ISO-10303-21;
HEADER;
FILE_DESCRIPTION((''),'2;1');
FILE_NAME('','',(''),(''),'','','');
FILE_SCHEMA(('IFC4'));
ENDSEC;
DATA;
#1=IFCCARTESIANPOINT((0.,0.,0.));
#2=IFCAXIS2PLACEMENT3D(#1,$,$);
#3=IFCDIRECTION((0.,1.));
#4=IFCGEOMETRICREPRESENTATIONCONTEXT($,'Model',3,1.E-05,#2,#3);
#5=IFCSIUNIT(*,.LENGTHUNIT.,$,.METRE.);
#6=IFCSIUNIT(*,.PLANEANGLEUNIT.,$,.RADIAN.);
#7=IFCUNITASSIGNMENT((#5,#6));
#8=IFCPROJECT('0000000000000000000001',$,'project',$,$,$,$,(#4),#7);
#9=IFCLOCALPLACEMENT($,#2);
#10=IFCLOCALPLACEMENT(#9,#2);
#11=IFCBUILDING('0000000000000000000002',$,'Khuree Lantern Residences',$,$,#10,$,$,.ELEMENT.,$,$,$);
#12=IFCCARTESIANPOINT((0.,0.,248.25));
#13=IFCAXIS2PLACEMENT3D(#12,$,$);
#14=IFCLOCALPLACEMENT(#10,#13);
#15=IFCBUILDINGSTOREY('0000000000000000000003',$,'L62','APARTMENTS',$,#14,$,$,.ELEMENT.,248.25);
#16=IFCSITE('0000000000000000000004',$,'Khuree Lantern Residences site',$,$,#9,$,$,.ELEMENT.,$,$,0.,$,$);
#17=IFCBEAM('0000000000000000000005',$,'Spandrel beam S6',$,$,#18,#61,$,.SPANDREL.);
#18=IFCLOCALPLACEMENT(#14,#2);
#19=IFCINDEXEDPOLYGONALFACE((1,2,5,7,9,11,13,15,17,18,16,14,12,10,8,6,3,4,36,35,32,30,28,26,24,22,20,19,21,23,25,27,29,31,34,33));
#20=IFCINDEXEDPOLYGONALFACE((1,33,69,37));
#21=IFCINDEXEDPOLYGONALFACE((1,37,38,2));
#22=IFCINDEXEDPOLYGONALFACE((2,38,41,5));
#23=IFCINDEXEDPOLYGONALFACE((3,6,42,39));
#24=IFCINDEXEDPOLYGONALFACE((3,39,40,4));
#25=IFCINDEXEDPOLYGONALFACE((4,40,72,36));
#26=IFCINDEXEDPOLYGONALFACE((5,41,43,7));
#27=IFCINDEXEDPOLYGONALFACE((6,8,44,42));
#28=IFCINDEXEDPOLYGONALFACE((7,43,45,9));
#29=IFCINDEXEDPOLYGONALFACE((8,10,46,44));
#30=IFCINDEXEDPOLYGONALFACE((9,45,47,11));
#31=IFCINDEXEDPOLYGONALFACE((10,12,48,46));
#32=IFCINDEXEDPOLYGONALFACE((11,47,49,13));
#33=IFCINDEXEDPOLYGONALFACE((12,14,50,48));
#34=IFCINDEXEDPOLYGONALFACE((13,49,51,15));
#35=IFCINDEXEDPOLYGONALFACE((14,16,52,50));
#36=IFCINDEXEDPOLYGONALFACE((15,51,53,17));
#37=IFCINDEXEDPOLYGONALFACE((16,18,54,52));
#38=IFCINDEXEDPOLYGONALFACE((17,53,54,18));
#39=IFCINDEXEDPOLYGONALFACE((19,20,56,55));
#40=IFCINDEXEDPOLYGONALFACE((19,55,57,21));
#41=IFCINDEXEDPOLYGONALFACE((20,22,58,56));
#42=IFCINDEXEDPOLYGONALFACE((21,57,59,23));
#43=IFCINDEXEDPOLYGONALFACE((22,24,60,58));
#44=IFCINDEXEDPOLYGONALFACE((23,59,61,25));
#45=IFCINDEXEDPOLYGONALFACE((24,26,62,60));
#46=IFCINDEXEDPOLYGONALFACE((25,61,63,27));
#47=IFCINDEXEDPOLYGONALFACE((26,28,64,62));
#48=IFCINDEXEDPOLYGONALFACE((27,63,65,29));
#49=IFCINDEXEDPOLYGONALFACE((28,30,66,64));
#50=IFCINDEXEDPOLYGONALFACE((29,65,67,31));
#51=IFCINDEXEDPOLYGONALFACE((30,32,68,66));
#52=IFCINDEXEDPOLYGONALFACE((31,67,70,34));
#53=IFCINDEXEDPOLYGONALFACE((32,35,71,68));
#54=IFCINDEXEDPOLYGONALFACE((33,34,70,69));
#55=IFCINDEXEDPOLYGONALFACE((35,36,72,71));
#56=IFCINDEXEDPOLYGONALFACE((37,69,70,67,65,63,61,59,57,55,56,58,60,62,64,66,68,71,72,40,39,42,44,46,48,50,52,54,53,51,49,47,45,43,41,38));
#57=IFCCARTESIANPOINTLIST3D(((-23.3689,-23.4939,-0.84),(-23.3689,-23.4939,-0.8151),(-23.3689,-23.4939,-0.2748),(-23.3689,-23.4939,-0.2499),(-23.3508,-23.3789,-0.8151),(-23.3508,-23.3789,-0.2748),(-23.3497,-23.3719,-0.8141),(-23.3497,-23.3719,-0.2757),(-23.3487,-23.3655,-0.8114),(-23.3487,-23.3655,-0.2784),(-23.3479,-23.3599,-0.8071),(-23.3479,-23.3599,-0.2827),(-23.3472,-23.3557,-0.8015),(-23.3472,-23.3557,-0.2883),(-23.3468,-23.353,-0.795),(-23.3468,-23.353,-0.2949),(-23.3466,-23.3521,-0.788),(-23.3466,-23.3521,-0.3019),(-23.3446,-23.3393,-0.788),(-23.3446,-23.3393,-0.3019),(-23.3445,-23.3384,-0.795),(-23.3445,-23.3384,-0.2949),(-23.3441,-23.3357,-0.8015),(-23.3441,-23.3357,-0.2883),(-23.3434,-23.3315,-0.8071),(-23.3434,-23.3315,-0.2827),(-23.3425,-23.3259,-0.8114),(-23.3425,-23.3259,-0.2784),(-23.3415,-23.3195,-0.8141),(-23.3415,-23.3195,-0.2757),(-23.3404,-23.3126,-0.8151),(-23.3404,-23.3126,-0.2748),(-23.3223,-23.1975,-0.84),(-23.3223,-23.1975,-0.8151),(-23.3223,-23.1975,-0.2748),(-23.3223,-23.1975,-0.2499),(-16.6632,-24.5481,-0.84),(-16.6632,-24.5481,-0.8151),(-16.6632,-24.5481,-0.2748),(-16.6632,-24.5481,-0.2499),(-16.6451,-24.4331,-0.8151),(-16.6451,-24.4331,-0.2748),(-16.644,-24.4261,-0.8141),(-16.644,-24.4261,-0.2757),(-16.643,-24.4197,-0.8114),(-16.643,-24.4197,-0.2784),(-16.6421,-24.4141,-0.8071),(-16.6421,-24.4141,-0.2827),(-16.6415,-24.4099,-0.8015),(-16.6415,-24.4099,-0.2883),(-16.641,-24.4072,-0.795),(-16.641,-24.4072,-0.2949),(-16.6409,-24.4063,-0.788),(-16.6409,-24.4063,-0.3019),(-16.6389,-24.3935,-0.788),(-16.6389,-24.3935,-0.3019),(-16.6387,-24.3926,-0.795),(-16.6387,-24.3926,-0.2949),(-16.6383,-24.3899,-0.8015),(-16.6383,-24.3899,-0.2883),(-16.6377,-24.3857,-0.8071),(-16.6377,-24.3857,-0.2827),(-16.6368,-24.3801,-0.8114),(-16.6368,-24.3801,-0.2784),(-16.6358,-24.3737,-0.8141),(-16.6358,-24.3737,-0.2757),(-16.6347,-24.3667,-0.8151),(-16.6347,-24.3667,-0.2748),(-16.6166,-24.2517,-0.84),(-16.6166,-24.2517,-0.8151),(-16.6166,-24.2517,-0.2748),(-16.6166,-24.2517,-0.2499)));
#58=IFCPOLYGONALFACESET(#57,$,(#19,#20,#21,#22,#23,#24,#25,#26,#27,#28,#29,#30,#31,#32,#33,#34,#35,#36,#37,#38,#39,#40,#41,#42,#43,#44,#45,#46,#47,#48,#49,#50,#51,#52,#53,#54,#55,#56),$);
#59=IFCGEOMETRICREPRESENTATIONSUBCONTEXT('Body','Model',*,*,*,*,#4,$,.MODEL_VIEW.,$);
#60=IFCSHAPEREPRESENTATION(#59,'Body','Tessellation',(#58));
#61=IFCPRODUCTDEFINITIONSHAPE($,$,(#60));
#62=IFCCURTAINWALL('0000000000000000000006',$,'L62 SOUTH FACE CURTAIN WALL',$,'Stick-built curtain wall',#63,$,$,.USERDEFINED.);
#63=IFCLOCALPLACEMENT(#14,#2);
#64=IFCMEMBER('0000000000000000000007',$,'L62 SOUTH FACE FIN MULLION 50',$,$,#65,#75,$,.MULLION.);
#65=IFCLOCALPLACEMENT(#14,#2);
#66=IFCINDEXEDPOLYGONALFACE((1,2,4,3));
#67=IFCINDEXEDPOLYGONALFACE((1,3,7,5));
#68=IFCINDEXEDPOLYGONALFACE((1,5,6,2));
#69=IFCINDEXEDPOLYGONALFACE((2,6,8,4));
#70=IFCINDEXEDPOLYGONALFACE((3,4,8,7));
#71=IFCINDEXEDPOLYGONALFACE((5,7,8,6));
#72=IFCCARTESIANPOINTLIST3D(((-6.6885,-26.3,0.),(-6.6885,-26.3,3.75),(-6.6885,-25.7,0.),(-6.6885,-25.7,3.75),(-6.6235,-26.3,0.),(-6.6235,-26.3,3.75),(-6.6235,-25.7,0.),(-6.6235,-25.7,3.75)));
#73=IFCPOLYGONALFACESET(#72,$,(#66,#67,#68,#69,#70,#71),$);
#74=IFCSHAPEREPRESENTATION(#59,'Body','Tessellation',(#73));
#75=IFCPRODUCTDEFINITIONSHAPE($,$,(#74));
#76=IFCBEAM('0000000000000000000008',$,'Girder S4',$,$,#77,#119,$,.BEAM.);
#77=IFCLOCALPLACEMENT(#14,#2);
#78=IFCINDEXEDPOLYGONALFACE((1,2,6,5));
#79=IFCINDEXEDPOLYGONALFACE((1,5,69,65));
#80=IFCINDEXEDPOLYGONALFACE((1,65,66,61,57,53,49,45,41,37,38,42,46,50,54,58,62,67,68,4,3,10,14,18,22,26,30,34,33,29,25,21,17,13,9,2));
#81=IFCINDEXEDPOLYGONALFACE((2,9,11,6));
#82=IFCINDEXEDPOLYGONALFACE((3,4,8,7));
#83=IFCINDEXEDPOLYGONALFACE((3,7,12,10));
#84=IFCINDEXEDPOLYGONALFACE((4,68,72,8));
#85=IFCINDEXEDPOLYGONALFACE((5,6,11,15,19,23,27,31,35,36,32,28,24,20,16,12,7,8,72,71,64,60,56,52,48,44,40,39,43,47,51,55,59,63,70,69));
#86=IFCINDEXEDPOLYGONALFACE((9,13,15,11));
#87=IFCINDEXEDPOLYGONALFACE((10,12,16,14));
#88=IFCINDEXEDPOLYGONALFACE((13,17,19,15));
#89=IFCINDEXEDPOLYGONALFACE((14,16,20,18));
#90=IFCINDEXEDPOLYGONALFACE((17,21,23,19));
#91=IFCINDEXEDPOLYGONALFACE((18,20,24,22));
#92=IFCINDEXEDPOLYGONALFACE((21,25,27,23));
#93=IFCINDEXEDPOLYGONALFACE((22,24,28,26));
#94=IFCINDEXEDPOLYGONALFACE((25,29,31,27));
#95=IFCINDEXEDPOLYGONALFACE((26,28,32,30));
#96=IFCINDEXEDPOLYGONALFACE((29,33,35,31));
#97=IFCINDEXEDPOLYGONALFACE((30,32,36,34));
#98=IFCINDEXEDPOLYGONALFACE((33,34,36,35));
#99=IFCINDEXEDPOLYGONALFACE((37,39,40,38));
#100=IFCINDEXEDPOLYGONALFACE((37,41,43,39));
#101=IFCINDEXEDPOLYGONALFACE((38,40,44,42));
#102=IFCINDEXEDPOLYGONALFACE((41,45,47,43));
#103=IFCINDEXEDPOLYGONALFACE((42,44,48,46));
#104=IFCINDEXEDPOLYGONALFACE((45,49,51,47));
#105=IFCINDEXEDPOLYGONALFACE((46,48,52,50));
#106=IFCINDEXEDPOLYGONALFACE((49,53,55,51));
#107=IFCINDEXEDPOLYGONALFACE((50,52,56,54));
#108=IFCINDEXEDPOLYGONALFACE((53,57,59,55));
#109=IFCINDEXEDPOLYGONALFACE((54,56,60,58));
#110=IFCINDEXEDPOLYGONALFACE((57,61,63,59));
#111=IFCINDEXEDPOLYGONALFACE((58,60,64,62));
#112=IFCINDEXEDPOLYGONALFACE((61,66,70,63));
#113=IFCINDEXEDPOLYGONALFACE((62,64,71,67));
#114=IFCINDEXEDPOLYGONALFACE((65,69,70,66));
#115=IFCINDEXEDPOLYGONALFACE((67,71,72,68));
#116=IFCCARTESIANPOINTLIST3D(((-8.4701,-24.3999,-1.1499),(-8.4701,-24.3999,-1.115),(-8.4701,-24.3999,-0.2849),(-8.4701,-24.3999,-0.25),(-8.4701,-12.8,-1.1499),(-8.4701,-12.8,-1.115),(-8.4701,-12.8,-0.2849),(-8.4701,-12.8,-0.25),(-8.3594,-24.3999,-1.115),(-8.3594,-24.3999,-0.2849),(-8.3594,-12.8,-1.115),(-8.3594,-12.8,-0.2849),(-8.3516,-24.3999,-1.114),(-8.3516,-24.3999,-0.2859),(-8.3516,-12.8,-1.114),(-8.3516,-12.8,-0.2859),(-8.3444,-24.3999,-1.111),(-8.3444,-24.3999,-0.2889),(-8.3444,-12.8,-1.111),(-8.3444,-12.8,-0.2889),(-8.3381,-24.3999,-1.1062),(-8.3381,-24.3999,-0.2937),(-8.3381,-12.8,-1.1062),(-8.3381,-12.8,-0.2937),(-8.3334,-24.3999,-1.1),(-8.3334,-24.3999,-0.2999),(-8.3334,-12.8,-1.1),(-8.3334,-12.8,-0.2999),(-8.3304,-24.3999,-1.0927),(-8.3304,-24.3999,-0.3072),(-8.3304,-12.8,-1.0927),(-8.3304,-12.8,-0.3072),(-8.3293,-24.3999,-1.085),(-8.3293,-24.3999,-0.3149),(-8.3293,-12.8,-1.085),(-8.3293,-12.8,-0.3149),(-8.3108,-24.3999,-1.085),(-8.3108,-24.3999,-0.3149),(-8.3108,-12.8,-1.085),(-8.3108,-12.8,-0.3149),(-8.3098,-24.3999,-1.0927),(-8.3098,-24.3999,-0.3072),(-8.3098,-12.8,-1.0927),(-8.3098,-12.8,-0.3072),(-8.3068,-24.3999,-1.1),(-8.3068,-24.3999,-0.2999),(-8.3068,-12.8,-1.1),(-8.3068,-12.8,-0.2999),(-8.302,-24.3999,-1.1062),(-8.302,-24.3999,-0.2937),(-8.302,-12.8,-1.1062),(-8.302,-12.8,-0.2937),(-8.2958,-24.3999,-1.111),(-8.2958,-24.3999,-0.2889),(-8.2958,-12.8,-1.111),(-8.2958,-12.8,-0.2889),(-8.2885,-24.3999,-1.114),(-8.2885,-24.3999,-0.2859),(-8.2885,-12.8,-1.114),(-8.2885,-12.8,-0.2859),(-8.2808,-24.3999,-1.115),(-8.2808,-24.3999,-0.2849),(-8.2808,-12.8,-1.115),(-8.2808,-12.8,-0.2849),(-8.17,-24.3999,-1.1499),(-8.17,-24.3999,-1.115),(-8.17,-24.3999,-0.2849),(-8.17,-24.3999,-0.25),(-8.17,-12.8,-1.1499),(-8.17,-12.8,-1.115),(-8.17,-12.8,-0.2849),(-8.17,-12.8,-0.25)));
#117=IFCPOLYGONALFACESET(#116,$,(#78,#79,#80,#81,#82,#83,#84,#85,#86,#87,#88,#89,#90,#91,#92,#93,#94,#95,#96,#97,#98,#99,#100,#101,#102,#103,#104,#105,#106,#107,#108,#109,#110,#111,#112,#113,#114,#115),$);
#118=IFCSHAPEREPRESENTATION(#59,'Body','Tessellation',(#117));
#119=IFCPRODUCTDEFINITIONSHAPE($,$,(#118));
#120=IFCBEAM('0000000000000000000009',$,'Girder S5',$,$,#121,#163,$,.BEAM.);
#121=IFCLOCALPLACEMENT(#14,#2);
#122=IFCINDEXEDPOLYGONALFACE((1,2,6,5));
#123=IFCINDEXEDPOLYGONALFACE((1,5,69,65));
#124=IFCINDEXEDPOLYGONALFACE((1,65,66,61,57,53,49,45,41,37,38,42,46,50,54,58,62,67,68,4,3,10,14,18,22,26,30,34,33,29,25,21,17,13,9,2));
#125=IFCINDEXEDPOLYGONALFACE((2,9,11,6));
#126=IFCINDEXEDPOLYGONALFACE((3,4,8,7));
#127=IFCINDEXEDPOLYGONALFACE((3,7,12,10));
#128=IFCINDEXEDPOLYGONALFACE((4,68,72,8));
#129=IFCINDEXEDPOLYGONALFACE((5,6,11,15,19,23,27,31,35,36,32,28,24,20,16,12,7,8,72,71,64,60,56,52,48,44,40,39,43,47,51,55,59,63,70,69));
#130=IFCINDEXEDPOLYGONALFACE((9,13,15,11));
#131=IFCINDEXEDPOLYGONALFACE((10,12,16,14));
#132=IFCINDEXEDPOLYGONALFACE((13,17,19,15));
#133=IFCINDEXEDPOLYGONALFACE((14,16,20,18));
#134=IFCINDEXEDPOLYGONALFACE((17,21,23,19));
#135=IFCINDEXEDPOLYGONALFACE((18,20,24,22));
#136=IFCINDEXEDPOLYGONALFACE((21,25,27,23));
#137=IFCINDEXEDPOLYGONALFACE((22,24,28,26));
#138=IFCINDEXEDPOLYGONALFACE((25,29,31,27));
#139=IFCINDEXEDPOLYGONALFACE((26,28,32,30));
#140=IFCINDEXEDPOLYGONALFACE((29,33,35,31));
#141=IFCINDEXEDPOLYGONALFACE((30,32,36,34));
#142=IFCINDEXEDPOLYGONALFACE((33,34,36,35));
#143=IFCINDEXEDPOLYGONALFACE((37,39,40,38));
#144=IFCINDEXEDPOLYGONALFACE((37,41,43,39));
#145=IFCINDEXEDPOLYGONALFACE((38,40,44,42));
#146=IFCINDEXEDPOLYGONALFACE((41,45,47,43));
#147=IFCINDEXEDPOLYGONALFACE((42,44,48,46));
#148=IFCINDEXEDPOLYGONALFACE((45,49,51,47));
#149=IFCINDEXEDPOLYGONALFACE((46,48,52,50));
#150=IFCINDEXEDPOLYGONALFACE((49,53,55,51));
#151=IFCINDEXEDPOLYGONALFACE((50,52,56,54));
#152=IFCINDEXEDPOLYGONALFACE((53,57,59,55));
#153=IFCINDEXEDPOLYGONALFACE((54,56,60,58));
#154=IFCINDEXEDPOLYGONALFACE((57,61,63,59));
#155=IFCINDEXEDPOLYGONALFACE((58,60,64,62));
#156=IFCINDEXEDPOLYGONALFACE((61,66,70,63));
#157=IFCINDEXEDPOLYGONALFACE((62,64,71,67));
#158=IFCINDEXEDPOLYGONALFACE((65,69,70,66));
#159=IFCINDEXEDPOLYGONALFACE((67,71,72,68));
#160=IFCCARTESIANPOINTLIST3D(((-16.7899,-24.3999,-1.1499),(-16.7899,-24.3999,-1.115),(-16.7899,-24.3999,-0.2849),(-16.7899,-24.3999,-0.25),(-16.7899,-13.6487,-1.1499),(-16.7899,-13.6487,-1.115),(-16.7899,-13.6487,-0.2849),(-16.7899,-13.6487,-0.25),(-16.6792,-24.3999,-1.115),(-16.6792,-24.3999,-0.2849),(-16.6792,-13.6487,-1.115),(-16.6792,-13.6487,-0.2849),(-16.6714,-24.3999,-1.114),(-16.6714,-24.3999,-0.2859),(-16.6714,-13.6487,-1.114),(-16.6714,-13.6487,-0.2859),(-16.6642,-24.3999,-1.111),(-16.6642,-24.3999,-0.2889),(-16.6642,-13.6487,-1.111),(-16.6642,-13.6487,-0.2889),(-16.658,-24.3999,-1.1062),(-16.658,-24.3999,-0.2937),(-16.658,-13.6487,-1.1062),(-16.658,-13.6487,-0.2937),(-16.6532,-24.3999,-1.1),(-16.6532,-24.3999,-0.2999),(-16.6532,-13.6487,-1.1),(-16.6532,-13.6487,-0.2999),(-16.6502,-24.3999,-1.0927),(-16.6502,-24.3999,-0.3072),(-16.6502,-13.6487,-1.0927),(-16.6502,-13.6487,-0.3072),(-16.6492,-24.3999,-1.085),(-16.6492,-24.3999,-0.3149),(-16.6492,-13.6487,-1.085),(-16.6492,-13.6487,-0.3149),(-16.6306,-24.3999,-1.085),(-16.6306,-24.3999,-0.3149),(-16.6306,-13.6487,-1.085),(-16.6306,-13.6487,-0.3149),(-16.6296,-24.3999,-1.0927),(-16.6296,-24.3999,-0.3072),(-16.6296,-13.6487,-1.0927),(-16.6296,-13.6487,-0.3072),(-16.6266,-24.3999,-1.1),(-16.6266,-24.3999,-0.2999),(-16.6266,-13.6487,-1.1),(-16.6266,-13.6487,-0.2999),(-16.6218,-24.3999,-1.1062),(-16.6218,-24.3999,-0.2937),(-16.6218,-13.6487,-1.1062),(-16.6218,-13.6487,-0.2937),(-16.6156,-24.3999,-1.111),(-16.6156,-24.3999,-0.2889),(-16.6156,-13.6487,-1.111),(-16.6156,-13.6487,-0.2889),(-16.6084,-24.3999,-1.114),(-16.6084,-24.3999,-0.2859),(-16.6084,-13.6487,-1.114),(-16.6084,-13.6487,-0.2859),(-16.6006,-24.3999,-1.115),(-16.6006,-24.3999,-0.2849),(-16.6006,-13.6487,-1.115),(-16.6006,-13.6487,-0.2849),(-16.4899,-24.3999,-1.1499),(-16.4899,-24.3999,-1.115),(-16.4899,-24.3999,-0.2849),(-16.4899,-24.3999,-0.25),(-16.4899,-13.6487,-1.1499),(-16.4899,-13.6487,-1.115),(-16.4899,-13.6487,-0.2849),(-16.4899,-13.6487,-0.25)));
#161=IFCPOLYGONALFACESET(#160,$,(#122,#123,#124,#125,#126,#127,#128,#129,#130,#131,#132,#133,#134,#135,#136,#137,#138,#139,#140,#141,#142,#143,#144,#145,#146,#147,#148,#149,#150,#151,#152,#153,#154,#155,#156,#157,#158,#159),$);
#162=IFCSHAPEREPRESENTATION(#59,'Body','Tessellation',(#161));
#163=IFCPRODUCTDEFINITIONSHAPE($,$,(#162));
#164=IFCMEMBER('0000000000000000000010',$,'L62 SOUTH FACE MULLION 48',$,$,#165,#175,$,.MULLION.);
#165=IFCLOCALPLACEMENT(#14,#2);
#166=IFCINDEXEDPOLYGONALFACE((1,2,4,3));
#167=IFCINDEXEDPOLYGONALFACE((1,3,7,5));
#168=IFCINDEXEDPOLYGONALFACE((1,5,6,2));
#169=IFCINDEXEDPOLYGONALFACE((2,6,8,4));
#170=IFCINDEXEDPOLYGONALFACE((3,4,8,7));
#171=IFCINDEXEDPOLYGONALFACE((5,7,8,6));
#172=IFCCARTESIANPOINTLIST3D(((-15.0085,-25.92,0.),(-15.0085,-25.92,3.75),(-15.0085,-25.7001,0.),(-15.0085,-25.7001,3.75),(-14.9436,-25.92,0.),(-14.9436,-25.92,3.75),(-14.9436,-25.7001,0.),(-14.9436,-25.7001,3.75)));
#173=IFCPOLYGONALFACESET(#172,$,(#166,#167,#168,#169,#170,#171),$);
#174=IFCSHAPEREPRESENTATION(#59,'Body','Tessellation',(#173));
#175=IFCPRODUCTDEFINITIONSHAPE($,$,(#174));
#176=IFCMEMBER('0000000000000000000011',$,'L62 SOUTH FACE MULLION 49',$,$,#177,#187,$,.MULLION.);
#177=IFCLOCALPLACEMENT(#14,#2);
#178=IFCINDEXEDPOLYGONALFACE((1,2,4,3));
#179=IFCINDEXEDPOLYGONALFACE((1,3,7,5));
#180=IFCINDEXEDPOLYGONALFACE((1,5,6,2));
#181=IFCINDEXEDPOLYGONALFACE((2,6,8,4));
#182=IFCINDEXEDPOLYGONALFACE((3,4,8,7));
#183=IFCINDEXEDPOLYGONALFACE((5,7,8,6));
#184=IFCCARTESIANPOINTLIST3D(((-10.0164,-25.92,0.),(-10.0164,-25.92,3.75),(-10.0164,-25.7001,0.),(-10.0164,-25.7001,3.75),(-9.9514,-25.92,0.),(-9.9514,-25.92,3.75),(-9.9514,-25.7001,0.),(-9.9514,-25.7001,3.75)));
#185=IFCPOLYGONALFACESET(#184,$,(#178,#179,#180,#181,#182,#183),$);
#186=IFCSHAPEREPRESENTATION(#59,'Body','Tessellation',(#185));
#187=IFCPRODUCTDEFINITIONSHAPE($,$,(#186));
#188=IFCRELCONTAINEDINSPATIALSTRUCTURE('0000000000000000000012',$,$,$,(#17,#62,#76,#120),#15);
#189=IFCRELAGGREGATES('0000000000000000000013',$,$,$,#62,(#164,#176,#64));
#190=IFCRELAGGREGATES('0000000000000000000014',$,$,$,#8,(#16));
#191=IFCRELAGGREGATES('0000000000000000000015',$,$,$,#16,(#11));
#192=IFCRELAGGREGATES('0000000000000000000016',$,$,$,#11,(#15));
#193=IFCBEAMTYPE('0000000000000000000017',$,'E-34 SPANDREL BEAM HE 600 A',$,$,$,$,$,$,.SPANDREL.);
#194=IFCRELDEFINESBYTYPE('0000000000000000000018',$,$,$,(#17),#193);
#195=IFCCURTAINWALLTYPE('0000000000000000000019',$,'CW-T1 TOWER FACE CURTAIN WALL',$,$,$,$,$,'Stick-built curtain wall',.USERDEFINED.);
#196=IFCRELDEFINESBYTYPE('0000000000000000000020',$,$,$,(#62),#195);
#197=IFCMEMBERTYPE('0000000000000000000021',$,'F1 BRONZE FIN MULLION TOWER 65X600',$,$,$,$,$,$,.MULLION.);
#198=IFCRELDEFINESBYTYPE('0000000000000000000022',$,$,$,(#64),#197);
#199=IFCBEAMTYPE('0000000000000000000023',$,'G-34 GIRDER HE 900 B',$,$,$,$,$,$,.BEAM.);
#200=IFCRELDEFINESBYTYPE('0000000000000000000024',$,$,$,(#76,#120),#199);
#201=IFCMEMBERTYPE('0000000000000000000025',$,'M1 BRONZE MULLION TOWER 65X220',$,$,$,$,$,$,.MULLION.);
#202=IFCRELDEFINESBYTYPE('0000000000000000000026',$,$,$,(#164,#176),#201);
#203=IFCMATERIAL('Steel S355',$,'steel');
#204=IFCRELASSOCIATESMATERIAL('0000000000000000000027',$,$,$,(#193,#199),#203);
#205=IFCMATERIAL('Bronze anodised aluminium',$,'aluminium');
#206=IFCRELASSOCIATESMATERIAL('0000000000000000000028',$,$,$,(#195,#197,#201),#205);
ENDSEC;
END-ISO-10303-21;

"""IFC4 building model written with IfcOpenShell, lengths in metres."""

from ifc_helpers import new_model, si_unit, direction, frame, origin, origin_2d, place, context, subcontext, project, spatial, rectangle, i_section, extrude, material, material_profile, profile_set, type_object, element, aggregate, save


model = new_model("IFC4")

# Units and contexts
model_context = context("Model", 3, precision=1e-05, world=origin(), true_north=direction((0.0, 1.0)))
body_context = subcontext(model_context, "Body", "Model", "MODEL_VIEW")
ifc_project = project(units=[si_unit("LENGTHUNIT", "METRE"), si_unit("PLANEANGLEUNIT", "RADIAN")], contexts=[model_context])

# Site, building, storey
site_placement = place(None, origin())
site = spatial("IfcSite", under=ifc_project, at=site_placement, Name="Khuree Lantern Residences site", CompositionType="ELEMENT", RefElevation=0.0)
building_placement = place(site_placement, origin())
building = spatial("IfcBuilding", under=site, at=building_placement, Name="Khuree Lantern Residences", CompositionType="ELEMENT")
storey_placement = place(building_placement, frame((0.0, 0.0, 248.25)))
storey = spatial("IfcBuildingStorey", under=building, at=storey_placement, Name="L62", Description="APARTMENTS", CompositionType="ELEMENT", Elevation=248.25)

# Beam
ifc_material_1 = material(Name="Steel S355", Category="steel")
ifc_material_profile_1 = material_profile(ifc_material_1, i_section(OverallWidth=0.3, OverallDepth=0.5901, WebThickness=0.0129, FlangeThickness=0.0249, FilletRadius=0.0271, at=origin_2d()), Name="HE 600 A")
ifc_profile_set_1 = profile_set([ifc_material_profile_1], Name="Steel S355")
beam_type_1 = type_object("IfcBeamType", Name="E-34 SPANDREL BEAM HE 600 A", PredefinedType="SPANDREL", material=ifc_profile_set_1)
beam_1_placement = place(storey_placement, frame((-16.6399, -24.3999, -0.5449), z_axis=(-0.987867, 0.1553, 0.0), x_axis=(-0.1553, -0.987867, 0.0)))
element("IfcBeam", 1, at=beam_1_placement, inside=storey, type_object=beam_type_1, Name="Spandrel beam S6", PredefinedType="SPANDREL", context=body_context, shape_type="SweptSolid", body=[
    extrude(i_section(OverallWidth=0.3, OverallDepth=0.5901, WebThickness=0.0129, FlangeThickness=0.0249, FilletRadius=0.0271, at=origin_2d()), origin(), (0.0, 0.0, 1.0), 6.7881),
])

# Curtain wall, member
ifc_material_2 = material(Name="Bronze anodised aluminium", Category="aluminium")
curtain_wall_type = type_object("IfcCurtainWallType", Name="CW-T1 TOWER FACE CURTAIN WALL", ElementType="Stick-built curtain wall", PredefinedType="USERDEFINED", material=ifc_material_2)
curtain_wall_placement = place(storey_placement, origin())
curtain_wall = element("IfcCurtainWall", 2, at=curtain_wall_placement, inside=storey, type_object=curtain_wall_type, Name="L62 SOUTH FACE CURTAIN WALL", ObjectType="Stick-built curtain wall", PredefinedType="USERDEFINED")
ifc_material_profile_2 = material_profile(ifc_material_2, rectangle(XDim=0.0649, YDim=0.6001, at=origin_2d()), Name="F1 65X600")
ifc_profile_set_2 = profile_set([ifc_material_profile_2], Name="Bronze anodised aluminium")
member_type_1 = type_object("IfcMemberType", Name="F1 BRONZE FIN MULLION TOWER 65X600", PredefinedType="MULLION", material=ifc_profile_set_2)
member_1_placement = place(storey_placement, frame((-6.656, -26.0, 0.0), z_axis=(0.0, 0.0, 1.0), x_axis=(1.0, 0.0, 0.0)))
member_1 = element("IfcMember", 3, at=member_1_placement, type_object=member_type_1, Name="L62 SOUTH FACE FIN MULLION 50", PredefinedType="MULLION", context=body_context, shape_type="SweptSolid", body=[
    extrude(rectangle(XDim=0.0649, YDim=0.6001, at=origin_2d()), origin(), (0.0, 0.0, 1.0), 3.75),
])

# Beams
ifc_material_profile_3 = material_profile(ifc_material_1, i_section(OverallWidth=0.3, OverallDepth=0.8999, WebThickness=0.0186, FlangeThickness=0.0349, FilletRadius=0.03, at=origin_2d()), Name="HE 900 B")
ifc_profile_set_3 = profile_set([ifc_material_profile_3], Name="Steel S355")
beam_type_2 = type_object("IfcBeamType", Name="G-34 GIRDER HE 900 B", PredefinedType="BEAM", material=ifc_profile_set_3)
beam_2_placement = place(storey_placement, frame((-8.3201, -24.3999, -0.7), z_axis=(0.0, 1.0, 0.0), x_axis=(-1.0, 0.0, 0.0)))
element("IfcBeam", 4, at=beam_2_placement, inside=storey, type_object=beam_type_2, Name="Girder S4", PredefinedType="BEAM", context=body_context, shape_type="SweptSolid", body=[
    extrude(i_section(OverallWidth=0.3, OverallDepth=0.8999, WebThickness=0.0186, FlangeThickness=0.0349, FilletRadius=0.03, at=origin_2d()), origin(), (0.0, 0.0, 1.0), 11.5999),
])
beam_3_placement = place(storey_placement, frame((-16.6399, -24.3999, -0.7), z_axis=(0.0, 1.0, 0.0), x_axis=(-1.0, 0.0, 0.0)))
element("IfcBeam", 5, at=beam_3_placement, inside=storey, type_object=beam_type_2, Name="Girder S5", PredefinedType="BEAM", context=body_context, shape_type="SweptSolid", body=[
    extrude(i_section(OverallWidth=0.3, OverallDepth=0.8999, WebThickness=0.0186, FlangeThickness=0.0349, FilletRadius=0.03, at=origin_2d()), origin(), (0.0, 0.0, 1.0), 10.7512),
])

# Members
ifc_material_profile_4 = material_profile(ifc_material_2, rectangle(XDim=0.0649, YDim=0.22, at=origin_2d()), Name="M1 65X220")
ifc_profile_set_4 = profile_set([ifc_material_profile_4], Name="Bronze anodised aluminium")
member_type_2 = type_object("IfcMemberType", Name="M1 BRONZE MULLION TOWER 65X220", PredefinedType="MULLION", material=ifc_profile_set_4)
member_2_placement = place(storey_placement, frame((-14.9761, -25.8101, 0.0), z_axis=(0.0, 0.0, 1.0), x_axis=(1.0, 0.0, 0.0)))
member_2 = element("IfcMember", 6, at=member_2_placement, type_object=member_type_2, Name="L62 SOUTH FACE MULLION 48", PredefinedType="MULLION", context=body_context, shape_type="SweptSolid", body=[
    extrude(rectangle(XDim=0.0649, YDim=0.22, at=origin_2d()), origin(), (0.0, 0.0, 1.0), 3.75),
])
member_3_placement = place(storey_placement, frame((-9.9839, -25.8101, 0.0), z_axis=(0.0, 0.0, 1.0), x_axis=(1.0, 0.0, 0.0)))
member_3 = element("IfcMember", 7, at=member_3_placement, type_object=member_type_2, Name="L62 SOUTH FACE MULLION 49", PredefinedType="MULLION", context=body_context, shape_type="SweptSolid", body=[
    extrude(rectangle(XDim=0.0649, YDim=0.22, at=origin_2d()), origin(), (0.0, 0.0, 1.0), 3.75),
])

aggregate(curtain_wall, [member_2, member_3, member_1])

save(model, "model.ifc")
